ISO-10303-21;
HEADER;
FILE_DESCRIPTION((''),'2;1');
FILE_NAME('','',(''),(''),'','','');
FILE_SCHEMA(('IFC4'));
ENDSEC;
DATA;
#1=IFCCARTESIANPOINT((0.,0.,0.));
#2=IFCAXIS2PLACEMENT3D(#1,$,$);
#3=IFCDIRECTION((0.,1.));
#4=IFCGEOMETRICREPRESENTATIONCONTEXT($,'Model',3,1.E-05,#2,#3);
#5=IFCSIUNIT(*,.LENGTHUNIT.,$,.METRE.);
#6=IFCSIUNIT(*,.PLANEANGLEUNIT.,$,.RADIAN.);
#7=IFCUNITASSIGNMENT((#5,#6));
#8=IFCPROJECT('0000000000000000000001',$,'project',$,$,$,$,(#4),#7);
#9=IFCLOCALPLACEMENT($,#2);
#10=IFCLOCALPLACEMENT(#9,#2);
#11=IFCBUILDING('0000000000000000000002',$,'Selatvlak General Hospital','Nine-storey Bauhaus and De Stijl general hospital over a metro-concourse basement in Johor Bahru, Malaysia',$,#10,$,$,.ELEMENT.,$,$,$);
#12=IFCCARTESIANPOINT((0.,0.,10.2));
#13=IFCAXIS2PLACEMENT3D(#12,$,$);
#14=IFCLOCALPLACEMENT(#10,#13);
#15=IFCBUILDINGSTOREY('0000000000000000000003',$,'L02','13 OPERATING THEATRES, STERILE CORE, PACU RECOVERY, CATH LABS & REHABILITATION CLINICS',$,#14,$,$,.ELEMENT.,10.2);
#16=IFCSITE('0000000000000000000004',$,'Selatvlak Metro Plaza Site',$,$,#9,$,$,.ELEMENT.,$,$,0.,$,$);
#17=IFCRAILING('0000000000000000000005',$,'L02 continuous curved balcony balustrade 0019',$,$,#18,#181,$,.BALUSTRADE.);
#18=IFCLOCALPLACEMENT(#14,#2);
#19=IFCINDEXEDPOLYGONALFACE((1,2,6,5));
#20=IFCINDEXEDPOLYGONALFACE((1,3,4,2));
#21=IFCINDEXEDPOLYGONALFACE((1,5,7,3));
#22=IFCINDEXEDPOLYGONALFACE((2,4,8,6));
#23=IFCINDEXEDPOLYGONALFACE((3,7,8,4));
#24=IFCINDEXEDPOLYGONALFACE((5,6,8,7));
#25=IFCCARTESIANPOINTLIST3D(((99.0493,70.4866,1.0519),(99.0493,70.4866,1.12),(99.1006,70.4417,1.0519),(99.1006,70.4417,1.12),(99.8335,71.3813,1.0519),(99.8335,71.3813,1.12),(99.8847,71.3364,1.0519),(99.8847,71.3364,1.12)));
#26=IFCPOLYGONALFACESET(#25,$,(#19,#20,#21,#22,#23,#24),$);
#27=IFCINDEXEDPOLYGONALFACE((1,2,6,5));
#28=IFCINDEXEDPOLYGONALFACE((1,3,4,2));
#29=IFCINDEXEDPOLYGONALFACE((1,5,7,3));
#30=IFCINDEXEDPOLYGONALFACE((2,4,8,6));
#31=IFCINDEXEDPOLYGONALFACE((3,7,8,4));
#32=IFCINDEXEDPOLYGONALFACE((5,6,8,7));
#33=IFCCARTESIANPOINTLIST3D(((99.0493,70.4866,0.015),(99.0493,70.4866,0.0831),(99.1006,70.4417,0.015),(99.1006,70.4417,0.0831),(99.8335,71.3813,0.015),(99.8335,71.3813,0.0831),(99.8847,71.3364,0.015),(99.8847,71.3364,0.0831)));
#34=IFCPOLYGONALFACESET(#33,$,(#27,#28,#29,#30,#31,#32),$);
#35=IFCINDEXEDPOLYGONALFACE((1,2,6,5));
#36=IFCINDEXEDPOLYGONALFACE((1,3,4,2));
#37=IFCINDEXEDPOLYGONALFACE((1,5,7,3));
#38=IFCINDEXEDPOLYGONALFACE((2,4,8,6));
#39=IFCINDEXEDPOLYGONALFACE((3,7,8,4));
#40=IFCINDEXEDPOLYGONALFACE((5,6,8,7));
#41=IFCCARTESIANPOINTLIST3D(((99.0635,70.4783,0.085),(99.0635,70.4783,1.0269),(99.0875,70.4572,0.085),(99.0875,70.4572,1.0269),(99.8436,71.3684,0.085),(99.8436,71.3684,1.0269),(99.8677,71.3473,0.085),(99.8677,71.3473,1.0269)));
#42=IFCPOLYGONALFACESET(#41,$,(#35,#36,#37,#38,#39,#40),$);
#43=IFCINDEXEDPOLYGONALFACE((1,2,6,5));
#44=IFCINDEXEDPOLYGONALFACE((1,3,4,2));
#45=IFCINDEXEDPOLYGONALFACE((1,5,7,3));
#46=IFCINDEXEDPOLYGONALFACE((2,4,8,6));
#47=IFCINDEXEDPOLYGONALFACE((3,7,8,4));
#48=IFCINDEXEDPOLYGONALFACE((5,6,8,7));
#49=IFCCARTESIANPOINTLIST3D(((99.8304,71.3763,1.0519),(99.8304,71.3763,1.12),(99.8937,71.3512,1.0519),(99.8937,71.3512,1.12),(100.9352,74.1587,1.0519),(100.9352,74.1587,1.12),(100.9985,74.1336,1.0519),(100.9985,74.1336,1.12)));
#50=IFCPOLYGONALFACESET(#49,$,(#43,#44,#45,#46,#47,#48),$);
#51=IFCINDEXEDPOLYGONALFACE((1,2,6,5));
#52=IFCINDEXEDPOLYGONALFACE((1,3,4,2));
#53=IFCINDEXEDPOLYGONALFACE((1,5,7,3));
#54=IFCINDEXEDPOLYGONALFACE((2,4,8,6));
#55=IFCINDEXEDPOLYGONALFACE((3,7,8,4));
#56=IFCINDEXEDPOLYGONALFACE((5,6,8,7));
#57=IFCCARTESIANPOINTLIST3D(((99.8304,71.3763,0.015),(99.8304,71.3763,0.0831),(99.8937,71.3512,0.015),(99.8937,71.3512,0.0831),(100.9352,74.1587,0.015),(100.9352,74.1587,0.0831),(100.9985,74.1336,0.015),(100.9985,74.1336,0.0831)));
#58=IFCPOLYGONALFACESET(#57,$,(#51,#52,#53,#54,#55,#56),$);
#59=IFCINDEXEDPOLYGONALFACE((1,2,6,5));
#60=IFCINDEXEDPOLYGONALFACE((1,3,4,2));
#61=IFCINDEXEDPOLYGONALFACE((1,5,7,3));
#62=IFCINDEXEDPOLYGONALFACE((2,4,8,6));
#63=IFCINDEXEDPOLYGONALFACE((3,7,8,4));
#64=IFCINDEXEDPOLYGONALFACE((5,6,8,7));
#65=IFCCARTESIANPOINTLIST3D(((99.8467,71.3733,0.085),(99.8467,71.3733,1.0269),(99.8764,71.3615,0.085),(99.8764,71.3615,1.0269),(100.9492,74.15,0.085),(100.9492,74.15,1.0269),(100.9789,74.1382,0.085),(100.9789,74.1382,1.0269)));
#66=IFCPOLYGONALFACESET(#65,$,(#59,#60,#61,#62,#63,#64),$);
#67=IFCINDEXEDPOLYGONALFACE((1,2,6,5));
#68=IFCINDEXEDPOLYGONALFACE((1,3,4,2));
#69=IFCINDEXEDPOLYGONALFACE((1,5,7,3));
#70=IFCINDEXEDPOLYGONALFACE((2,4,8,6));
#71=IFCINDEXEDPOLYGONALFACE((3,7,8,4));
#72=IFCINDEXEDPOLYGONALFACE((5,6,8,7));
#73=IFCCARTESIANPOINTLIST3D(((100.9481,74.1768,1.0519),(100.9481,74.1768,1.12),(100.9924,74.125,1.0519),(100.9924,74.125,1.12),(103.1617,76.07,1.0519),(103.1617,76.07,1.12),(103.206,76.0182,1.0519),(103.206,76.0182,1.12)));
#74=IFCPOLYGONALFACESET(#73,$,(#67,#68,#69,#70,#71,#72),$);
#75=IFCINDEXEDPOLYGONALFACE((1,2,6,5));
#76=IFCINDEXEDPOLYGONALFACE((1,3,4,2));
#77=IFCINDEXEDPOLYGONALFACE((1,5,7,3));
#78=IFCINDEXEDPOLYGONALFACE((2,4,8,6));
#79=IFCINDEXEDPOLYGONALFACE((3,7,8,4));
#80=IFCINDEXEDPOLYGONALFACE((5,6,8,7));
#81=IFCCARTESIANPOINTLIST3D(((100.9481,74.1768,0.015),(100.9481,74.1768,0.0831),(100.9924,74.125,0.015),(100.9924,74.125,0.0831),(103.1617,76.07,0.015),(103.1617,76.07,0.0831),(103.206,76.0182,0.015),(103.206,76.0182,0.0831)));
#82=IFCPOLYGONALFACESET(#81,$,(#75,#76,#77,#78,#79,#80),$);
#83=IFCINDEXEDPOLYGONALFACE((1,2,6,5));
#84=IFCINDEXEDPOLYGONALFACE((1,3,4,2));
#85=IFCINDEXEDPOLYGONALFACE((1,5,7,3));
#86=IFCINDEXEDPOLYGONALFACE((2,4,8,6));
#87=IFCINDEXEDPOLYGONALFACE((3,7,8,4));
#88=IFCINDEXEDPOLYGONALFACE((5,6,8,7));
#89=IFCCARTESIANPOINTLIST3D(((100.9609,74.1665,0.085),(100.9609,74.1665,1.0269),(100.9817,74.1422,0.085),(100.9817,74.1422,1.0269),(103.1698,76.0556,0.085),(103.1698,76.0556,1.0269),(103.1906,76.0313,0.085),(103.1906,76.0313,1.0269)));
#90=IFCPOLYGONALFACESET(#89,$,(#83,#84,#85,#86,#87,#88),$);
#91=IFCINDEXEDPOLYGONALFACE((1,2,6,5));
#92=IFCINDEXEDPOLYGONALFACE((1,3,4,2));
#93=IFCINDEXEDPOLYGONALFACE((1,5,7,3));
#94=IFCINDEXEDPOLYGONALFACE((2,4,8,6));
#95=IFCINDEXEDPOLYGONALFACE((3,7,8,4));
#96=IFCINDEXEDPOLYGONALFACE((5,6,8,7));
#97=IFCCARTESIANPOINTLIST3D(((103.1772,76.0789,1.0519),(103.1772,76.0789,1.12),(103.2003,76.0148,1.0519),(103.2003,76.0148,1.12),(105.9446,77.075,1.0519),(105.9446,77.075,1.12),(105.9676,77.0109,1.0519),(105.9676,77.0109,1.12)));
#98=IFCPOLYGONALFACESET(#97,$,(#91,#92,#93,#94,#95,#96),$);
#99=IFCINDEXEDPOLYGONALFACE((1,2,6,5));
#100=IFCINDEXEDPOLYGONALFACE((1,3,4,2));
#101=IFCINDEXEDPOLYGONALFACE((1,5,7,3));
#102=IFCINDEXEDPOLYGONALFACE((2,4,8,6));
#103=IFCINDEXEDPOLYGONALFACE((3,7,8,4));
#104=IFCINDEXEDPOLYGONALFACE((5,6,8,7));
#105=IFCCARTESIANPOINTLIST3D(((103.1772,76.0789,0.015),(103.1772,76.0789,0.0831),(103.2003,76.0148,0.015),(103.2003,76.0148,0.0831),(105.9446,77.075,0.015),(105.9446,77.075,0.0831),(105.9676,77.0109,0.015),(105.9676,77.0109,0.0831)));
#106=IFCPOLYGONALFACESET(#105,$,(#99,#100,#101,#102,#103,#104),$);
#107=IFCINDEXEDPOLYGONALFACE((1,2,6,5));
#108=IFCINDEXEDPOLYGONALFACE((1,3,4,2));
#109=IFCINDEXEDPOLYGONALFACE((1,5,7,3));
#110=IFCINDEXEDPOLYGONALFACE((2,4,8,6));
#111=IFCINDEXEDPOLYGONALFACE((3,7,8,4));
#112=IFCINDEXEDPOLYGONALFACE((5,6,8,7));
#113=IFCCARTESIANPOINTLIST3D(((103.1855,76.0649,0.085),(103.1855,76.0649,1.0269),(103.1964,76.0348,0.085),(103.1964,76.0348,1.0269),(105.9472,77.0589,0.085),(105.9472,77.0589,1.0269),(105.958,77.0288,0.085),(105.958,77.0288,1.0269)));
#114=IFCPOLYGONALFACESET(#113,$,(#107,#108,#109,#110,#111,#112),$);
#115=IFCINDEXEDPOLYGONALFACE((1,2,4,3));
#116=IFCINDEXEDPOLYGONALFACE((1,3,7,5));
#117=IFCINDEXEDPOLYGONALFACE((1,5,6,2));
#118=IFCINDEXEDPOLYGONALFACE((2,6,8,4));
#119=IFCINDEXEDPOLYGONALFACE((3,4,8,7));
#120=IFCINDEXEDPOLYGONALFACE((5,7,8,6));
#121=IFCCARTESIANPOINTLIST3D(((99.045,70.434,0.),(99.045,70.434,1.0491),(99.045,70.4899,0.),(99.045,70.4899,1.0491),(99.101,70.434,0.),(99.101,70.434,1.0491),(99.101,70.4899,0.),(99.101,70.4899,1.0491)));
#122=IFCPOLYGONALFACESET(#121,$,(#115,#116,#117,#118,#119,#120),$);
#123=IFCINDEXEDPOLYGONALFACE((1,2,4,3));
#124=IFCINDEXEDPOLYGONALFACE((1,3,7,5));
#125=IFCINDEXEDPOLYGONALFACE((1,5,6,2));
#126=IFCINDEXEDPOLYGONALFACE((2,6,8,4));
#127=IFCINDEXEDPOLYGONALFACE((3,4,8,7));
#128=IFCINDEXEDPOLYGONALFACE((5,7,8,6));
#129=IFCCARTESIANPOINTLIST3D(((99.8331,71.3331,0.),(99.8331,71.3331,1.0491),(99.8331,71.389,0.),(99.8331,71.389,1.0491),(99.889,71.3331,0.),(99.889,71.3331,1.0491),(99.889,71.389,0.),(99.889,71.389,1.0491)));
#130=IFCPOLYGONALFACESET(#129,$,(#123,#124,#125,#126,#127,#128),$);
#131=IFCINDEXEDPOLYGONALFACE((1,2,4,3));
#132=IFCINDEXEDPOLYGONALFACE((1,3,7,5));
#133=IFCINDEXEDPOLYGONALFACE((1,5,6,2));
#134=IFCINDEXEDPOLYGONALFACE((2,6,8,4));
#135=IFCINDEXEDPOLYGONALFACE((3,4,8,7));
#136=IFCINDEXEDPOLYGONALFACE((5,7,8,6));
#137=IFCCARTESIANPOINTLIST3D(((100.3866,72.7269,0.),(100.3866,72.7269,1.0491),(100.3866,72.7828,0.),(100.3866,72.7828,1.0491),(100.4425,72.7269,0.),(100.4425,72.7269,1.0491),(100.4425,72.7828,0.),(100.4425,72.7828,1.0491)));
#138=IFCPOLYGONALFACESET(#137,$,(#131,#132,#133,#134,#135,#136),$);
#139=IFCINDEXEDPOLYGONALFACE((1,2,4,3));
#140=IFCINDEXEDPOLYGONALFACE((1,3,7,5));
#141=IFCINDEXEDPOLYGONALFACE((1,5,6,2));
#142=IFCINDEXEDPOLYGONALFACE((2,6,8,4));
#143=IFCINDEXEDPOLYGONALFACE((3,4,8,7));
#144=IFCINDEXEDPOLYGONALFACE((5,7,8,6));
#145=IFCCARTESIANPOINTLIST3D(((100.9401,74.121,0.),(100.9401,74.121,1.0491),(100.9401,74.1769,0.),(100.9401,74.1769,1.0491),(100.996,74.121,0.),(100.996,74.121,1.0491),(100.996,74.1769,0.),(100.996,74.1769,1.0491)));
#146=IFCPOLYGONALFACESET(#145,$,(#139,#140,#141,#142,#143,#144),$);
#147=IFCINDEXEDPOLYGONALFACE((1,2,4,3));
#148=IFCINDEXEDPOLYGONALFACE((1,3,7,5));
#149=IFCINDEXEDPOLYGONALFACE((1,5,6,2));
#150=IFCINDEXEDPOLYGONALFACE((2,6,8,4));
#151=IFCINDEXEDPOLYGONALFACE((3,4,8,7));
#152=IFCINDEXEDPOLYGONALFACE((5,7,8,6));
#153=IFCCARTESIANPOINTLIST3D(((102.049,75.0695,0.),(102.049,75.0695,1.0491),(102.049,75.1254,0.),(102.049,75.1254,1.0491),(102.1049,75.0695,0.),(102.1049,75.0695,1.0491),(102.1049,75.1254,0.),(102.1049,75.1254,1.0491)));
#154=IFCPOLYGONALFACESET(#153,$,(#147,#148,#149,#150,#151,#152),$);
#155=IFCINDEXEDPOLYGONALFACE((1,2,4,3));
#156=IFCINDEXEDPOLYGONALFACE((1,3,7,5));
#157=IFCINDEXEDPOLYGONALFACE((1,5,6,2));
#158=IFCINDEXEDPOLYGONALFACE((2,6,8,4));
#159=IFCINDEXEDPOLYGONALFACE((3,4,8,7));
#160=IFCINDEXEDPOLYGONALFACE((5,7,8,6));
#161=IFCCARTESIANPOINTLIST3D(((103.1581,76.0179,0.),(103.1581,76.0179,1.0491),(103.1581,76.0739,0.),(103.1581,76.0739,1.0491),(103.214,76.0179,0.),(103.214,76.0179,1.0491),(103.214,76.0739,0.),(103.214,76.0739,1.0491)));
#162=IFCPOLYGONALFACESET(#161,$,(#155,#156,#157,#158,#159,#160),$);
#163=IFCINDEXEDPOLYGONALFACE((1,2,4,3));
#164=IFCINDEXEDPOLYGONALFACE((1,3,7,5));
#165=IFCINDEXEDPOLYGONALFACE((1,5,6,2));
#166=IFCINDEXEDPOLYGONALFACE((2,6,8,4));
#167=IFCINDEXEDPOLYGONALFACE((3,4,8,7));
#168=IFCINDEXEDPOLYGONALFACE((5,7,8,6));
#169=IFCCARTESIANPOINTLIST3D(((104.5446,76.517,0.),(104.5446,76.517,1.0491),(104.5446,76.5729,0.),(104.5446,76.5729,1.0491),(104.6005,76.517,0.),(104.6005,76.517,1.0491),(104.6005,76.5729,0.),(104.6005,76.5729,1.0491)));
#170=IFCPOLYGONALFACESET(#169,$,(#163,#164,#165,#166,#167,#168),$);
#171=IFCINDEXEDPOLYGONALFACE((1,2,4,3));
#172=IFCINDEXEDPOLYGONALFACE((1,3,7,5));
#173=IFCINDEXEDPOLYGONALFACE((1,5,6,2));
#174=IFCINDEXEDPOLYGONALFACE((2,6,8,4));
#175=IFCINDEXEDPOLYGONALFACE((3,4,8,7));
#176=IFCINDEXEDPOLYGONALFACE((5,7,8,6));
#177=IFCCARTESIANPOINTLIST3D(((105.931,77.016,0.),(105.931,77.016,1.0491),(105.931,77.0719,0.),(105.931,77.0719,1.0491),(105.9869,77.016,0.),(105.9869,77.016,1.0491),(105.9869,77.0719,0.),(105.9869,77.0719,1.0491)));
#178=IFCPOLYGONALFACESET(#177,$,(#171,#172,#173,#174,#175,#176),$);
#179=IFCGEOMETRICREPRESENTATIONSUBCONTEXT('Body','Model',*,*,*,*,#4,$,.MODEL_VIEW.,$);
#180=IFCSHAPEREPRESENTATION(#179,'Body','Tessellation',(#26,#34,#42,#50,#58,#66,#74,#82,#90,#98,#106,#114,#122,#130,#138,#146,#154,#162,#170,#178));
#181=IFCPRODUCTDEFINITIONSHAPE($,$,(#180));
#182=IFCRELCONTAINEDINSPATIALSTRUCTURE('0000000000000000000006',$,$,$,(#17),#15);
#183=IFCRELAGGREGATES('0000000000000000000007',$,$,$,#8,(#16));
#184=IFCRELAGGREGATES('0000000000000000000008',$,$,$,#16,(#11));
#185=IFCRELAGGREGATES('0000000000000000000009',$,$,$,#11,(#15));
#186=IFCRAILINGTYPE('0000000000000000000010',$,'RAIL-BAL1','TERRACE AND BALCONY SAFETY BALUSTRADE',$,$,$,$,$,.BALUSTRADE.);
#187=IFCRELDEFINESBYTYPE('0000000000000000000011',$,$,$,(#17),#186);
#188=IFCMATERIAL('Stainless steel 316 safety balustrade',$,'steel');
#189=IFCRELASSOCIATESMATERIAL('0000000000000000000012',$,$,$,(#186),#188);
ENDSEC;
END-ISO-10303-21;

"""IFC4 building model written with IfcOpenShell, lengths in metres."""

from ifc_helpers import new_model, si_unit, direction, frame, origin, origin_2d, place, context, subcontext, project, spatial, polyline, rectangle, outline, extrude, material, type_object, element, save


model = new_model("IFC4")

# Units and contexts
model_context = context("Model", 3, precision=1e-05, world=origin(), true_north=direction((0.0, 1.0)))
body_context = subcontext(model_context, "Body", "Model", "MODEL_VIEW")
ifc_project = project(units=[si_unit("LENGTHUNIT", "METRE"), si_unit("PLANEANGLEUNIT", "RADIAN")], contexts=[model_context])

# Site, building, storey
site_placement = place(None, origin())
site = spatial("IfcSite", under=ifc_project, at=site_placement, Name="Selatvlak Metro Plaza Site", CompositionType="ELEMENT", RefElevation=0.0)
building_placement = place(site_placement, origin())
building = spatial("IfcBuilding", under=site, at=building_placement, Name="Selatvlak General Hospital", Description="Nine-storey Bauhaus and De Stijl general hospital over a metro-concourse basement in Johor Bahru, Malaysia", CompositionType="ELEMENT")
storey_placement = place(building_placement, frame((0.0, 0.0, 10.2)))
storey = spatial("IfcBuildingStorey", under=building, at=storey_placement, Name="L02", Description="13 OPERATING THEATRES, STERILE CORE, PACU RECOVERY, CATH LABS & REHABILITATION CLINICS", CompositionType="ELEMENT", Elevation=10.2)

# Railing
ifc_material_1 = material(Name="Stainless steel 316 safety balustrade", Category="steel")
railing_type = type_object("IfcRailingType", Name="RAIL-BAL1", Description="TERRACE AND BALCONY SAFETY BALUSTRADE", PredefinedType="BALUSTRADE", material=ifc_material_1)
railing_placement = place(storey_placement, frame((99.073, 70.4619, 0.0)))
element("IfcRailing", 1, at=railing_placement, inside=storey, type_object=railing_type, Name="L02 continuous curved balcony balustrade 0019", PredefinedType="BALUSTRADE", context=body_context, shape_type="SweptSolid", body=[
    extrude(rectangle(XDim=0.0681, YDim=0.0681, at=origin_2d()), frame((0.002, 0.0022, 1.0859), z_axis=(0.659126, 0.752033, 0.0), x_axis=(-0.752033, 0.659126, 0.0)), (0.0, 0.0, 1.0), 1.1897),
    extrude(rectangle(XDim=0.0681, YDim=0.0681, at=origin_2d()), frame((0.002, 0.0022, 0.0491), z_axis=(0.659126, 0.752033, 0.0), x_axis=(-0.752033, 0.659126, 0.0)), (0.0, 0.0, 1.0), 1.1897),
    extrude(outline(polyline([(0.0, 0.0), (1.1836, 0.0), (1.1836, 0.9419), (0.0, 0.9419), (0.0, 0.0)])), frame((-0.0095, 0.0164, 0.085), z_axis=(0.752033, -0.659126, 0.0), x_axis=(0.659126, 0.752033, 0.0)), (0.0, 0.0, 1.0), 0.032),
    extrude(rectangle(XDim=0.0681, YDim=0.0681, at=origin_2d()), frame((0.7891, 0.9019, 1.0859), z_axis=(0.369032, 0.929417, 0.0), x_axis=(-0.929417, 0.369032, 0.0)), (0.0, 0.0, 1.0), 2.9937),
    extrude(rectangle(XDim=0.0681, YDim=0.0681, at=origin_2d()), frame((0.7891, 0.9019, 0.0491), z_axis=(0.369032, 0.929417, 0.0), x_axis=(-0.929417, 0.369032, 0.0)), (0.0, 0.0, 1.0), 2.9937),
    extrude(outline(polyline([(0.0, 0.0), (2.9875, 0.0), (2.9875, 0.9419), (0.0, 0.9419), (0.0, 0.0)])), frame((0.7737, 0.9114, 0.085), z_axis=(0.929417, -0.369032, 0.0), x_axis=(0.369032, 0.929417, 0.0)), (0.0, 0.0, 1.0), 0.032),
    extrude(rectangle(XDim=0.0681, YDim=0.0681, at=origin_2d()), frame((1.8972, 3.689, 1.0859), z_axis=(0.759965, 0.649964, 0.0), x_axis=(-0.649964, 0.759965, 0.0)), (0.0, 0.0, 1.0), 2.9128),
    extrude(rectangle(XDim=0.0681, YDim=0.0681, at=origin_2d()), frame((1.8972, 3.689, 0.0491), z_axis=(0.759965, 0.649964, 0.0), x_axis=(-0.649964, 0.759965, 0.0)), (0.0, 0.0, 1.0), 2.9128),
    extrude(outline(polyline([(0.0, 0.0), (2.9065, 0.0), (2.9065, 0.9419), (0.0, 0.9419), (0.0, 0.0)])), frame((1.8879, 3.7046, 0.085), z_axis=(0.649964, -0.759965, 0.0), x_axis=(0.759965, 0.649964, 0.0)), (0.0, 0.0, 1.0), 0.032),
    extrude(rectangle(XDim=0.0681, YDim=0.0681, at=origin_2d()), frame((4.1157, 5.585, 1.0859), z_axis=(0.940911, 0.338655, 0.0), x_axis=(-0.338655, 0.940911, 0.0)), (0.0, 0.0, 1.0), 2.9412),
    extrude(rectangle(XDim=0.0681, YDim=0.0681, at=origin_2d()), frame((4.1157, 5.585, 0.0491), z_axis=(0.940911, 0.338655, 0.0), x_axis=(-0.338655, 0.940911, 0.0)), (0.0, 0.0, 1.0), 2.9412),
    extrude(outline(polyline([(0.0, 0.0), (2.9351, 0.0), (2.9351, 0.9419), (0.0, 0.9419), (0.0, 0.0)])), frame((4.1125, 5.603, 0.085), z_axis=(0.338655, -0.940911, 0.0), x_axis=(0.940911, 0.338655, 0.0)), (0.0, 0.0, 1.0), 0.032),
    extrude(rectangle(XDim=0.0559, YDim=0.0559, at=origin_2d()), origin(), (0.0, 0.0, 1.0), 1.0491),
    extrude(rectangle(XDim=0.0559, YDim=0.0559, at=origin_2d()), frame((0.7881, 0.8992, 0.0)), (0.0, 0.0, 1.0), 1.0491),
    extrude(rectangle(XDim=0.0559, YDim=0.0559, at=origin_2d()), frame((1.3416, 2.293, 0.0)), (0.0, 0.0, 1.0), 1.0491),
    extrude(rectangle(XDim=0.0559, YDim=0.0559, at=origin_2d()), frame((1.895, 3.687, 0.0)), (0.0, 0.0, 1.0), 1.0491),
    extrude(rectangle(XDim=0.0559, YDim=0.0559, at=origin_2d()), frame((3.0039, 4.6355, 0.0)), (0.0, 0.0, 1.0), 1.0491),
    extrude(rectangle(XDim=0.0559, YDim=0.0559, at=origin_2d()), frame((4.113, 5.584, 0.0)), (0.0, 0.0, 1.0), 1.0491),
    extrude(rectangle(XDim=0.0559, YDim=0.0559, at=origin_2d()), frame((5.4995, 6.083, 0.0)), (0.0, 0.0, 1.0), 1.0491),
    extrude(rectangle(XDim=0.0559, YDim=0.0559, at=origin_2d()), frame((6.886, 6.582, 0.0)), (0.0, 0.0, 1.0), 1.0491),
])

save(model, "model.ifc")
